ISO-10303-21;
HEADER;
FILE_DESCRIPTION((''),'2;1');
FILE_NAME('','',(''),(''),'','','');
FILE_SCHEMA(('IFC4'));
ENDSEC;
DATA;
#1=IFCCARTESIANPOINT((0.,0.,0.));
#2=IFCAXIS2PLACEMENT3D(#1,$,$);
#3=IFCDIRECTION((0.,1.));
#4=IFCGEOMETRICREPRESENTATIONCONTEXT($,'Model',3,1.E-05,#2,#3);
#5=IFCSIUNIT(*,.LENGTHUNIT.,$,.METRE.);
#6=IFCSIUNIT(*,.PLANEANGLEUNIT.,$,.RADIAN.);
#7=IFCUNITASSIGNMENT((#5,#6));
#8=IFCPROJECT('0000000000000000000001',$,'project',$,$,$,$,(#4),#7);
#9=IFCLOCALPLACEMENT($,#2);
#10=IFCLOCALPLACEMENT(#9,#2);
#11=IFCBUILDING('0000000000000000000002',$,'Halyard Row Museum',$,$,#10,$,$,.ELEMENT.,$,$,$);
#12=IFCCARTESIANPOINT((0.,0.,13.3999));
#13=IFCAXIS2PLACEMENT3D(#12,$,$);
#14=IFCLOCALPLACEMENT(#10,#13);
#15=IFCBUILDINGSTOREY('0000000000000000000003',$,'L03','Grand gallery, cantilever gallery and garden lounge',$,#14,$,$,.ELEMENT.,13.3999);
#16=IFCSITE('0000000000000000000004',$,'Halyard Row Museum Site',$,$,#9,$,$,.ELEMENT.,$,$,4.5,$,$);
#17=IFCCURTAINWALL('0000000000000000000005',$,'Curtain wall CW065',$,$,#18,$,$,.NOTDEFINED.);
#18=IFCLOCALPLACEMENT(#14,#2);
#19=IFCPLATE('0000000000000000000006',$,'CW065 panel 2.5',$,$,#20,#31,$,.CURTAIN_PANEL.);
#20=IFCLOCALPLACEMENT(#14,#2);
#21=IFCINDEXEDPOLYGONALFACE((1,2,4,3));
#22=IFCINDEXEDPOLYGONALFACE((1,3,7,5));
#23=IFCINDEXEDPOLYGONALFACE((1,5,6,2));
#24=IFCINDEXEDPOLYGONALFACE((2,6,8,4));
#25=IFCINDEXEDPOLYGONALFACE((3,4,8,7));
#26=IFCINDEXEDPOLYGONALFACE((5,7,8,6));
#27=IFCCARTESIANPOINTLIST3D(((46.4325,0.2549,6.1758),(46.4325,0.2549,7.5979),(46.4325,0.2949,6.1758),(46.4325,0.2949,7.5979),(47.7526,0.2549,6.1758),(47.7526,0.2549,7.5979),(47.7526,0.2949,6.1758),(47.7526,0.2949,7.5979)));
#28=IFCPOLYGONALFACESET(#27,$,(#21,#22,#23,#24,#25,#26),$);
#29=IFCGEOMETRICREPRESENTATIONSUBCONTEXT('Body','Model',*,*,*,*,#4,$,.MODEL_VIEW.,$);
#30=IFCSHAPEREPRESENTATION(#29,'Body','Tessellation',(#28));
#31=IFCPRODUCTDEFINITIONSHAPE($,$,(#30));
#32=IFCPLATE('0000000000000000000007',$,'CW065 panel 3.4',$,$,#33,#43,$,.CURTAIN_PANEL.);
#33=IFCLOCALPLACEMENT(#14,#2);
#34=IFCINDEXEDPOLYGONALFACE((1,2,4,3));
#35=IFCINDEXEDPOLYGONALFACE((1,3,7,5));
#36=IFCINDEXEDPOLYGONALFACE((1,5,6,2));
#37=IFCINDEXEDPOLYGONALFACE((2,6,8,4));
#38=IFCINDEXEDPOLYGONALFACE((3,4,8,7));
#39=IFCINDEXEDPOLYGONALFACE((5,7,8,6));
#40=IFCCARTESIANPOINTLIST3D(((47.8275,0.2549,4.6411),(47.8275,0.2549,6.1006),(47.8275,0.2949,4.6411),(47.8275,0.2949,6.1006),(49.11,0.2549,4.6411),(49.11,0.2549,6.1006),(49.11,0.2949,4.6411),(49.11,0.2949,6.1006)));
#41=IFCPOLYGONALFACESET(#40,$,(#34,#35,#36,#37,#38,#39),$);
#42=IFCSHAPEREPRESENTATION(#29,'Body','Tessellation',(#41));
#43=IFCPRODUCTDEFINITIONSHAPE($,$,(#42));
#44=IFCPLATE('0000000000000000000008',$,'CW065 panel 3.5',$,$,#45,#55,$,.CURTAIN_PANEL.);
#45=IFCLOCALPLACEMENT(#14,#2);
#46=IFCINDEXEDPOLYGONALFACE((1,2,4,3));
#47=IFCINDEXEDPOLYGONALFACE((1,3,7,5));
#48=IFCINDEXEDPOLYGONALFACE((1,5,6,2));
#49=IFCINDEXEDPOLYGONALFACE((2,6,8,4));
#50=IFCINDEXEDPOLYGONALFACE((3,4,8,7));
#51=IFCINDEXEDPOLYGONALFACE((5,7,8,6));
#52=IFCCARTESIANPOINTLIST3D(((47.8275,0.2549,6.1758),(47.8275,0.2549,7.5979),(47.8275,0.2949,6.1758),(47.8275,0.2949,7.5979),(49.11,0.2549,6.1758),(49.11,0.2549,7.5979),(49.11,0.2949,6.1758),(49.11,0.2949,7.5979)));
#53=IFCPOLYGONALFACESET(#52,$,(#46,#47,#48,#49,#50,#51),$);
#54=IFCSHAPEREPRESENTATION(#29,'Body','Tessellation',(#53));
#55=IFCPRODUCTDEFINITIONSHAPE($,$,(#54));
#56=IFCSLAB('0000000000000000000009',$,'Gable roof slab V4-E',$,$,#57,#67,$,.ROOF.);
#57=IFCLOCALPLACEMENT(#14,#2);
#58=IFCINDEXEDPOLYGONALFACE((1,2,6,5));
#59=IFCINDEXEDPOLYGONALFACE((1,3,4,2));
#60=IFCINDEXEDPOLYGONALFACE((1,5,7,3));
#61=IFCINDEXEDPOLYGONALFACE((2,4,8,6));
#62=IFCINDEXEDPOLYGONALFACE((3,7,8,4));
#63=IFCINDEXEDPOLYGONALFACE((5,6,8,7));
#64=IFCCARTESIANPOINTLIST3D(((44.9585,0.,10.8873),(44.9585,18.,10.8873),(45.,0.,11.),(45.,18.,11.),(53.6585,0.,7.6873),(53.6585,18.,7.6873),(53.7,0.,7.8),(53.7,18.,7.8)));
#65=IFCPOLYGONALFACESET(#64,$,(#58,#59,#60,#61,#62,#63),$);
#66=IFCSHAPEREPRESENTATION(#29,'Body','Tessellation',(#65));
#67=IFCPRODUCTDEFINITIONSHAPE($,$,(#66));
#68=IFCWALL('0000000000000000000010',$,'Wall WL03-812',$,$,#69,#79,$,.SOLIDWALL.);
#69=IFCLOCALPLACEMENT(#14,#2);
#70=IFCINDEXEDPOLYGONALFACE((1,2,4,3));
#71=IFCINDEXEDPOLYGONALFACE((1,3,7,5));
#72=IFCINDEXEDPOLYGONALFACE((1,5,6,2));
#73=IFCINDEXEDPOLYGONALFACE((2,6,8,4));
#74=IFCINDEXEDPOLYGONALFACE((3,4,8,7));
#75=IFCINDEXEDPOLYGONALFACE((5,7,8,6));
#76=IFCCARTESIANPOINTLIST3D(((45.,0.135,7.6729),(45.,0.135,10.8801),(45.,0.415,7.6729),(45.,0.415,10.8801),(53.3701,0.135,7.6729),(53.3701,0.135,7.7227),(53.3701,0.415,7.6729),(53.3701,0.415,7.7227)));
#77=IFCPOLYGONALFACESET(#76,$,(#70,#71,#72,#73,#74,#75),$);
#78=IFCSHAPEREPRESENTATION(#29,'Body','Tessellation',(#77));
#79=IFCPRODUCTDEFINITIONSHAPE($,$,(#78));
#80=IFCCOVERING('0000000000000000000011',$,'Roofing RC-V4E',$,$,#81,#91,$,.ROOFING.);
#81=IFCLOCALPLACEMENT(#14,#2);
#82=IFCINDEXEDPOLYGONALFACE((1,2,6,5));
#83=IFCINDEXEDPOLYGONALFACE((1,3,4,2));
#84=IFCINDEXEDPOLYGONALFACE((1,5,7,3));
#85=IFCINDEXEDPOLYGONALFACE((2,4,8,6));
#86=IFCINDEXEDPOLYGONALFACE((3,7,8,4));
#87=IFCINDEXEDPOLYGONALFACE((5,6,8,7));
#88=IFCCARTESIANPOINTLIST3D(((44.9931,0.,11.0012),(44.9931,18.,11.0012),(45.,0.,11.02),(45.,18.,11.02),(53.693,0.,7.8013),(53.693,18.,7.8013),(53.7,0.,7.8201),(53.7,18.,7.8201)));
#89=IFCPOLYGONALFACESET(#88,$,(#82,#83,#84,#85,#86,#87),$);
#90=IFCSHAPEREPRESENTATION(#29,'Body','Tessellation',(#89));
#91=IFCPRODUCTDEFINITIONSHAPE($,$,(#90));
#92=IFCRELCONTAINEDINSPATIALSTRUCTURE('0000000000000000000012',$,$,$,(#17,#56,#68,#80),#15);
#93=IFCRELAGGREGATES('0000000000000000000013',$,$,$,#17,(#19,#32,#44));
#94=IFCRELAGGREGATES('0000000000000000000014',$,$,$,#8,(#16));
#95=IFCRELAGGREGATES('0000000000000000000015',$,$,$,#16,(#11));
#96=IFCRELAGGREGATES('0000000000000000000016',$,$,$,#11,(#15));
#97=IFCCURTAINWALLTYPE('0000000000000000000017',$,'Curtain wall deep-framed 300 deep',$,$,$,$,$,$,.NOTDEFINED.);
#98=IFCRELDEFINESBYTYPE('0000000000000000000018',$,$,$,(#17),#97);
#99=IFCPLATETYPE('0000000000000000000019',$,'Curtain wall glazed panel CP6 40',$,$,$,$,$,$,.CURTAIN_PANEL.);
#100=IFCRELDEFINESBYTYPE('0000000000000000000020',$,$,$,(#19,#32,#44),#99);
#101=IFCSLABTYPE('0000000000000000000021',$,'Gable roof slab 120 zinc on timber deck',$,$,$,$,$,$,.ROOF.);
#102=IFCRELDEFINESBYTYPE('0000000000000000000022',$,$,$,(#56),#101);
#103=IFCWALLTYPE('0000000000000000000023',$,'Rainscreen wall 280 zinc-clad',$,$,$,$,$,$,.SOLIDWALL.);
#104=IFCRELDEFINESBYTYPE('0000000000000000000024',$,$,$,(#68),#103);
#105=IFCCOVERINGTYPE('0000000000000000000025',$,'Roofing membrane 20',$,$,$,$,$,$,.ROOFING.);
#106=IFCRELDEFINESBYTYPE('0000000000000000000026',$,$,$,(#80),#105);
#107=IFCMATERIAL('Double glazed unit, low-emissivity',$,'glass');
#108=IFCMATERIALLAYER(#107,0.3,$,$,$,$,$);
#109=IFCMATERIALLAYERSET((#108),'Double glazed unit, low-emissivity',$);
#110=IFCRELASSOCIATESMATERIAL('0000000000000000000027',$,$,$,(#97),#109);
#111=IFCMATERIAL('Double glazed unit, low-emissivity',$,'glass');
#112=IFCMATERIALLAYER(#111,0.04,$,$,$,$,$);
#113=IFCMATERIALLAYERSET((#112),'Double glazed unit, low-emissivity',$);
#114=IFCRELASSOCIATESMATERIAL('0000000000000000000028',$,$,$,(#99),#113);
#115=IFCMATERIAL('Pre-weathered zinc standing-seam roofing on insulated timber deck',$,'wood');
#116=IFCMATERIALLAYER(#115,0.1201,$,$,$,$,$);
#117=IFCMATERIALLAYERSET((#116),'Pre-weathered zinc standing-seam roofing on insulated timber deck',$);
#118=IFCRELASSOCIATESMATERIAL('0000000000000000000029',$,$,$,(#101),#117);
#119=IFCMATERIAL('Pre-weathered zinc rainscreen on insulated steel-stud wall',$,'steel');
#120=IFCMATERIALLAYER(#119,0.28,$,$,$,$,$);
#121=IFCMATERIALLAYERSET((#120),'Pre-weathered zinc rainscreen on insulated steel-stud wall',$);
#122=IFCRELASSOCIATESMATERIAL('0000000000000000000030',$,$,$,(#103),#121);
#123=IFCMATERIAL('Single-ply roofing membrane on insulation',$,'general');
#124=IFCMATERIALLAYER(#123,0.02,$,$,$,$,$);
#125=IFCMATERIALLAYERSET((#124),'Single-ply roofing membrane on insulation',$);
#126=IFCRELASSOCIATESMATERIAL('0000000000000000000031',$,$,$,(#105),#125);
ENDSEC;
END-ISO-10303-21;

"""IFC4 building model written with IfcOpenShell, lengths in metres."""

from ifc_helpers import new_model, si_unit, direction, frame, origin, origin_2d, place, context, subcontext, project, spatial, polyline, rectangle, outline, extrude, material, layer, layer_set, type_object, element, aggregate, save


model = new_model("IFC4")

# Units and contexts
model_context = context("Model", 3, precision=1e-05, world=origin(), true_north=direction((0.0, 1.0)))
body_context = subcontext(model_context, "Body", "Model", "MODEL_VIEW")
ifc_project = project(units=[si_unit("LENGTHUNIT", "METRE"), si_unit("PLANEANGLEUNIT", "RADIAN")], contexts=[model_context])

# Site, building, storey
site_placement = place(None, origin())
site = spatial("IfcSite", under=ifc_project, at=site_placement, Name="Halyard Row Museum Site", CompositionType="ELEMENT", RefElevation=4.5)
building_placement = place(site_placement, origin())
building = spatial("IfcBuilding", under=site, at=building_placement, Name="Halyard Row Museum", CompositionType="ELEMENT")
storey_placement = place(building_placement, frame((0.0, 0.0, 13.3999)))
storey = spatial("IfcBuildingStorey", under=building, at=storey_placement, Name="L03", Description="Grand gallery, cantilever gallery and garden lounge", CompositionType="ELEMENT", Elevation=13.3999)

# Curtain wall
ifc_material_1 = material(Name="Double glazed unit, low-emissivity", Category="glass")
ifc_layer_1 = layer(ifc_material_1, 0.3)
ifc_layer_set_1 = layer_set([ifc_layer_1], Name="Double glazed unit, low-emissivity")
curtain_wall_type = type_object("IfcCurtainWallType", Name="Curtain wall deep-framed 300 deep", PredefinedType="NOTDEFINED", material=ifc_layer_set_1)
curtain_wall_1_placement = place(storey_placement, origin())
curtain_wall_1 = element("IfcCurtainWall", 1, at=curtain_wall_1_placement, inside=storey, type_object=curtain_wall_type, Name="Curtain wall CW065", PredefinedType="NOTDEFINED")

# Plates
ifc_material_2 = material(Name="Double glazed unit, low-emissivity", Category="glass")
ifc_layer_2 = layer(ifc_material_2, 0.04)
ifc_layer_set_2 = layer_set([ifc_layer_2], Name="Double glazed unit, low-emissivity")
plate_type = type_object("IfcPlateType", Name="Curtain wall glazed panel CP6 40", PredefinedType="CURTAIN_PANEL", material=ifc_layer_set_2)
plate_1_placement = place(storey_placement, frame((47.0925, 0.2749, 6.1758), z_axis=(0.0, 0.0, 1.0), x_axis=(1.0, 0.0, 0.0)))
plate_1 = element("IfcPlate", 2, at=plate_1_placement, type_object=plate_type, Name="CW065 panel 2.5", PredefinedType="CURTAIN_PANEL", context=body_context, shape_type="SweptSolid", body=[
    extrude(rectangle(XDim=1.3201, YDim=0.04, at=origin_2d()), origin(), (0.0, 0.0, 1.0), 1.4221),
])
plate_2_placement = place(storey_placement, frame((48.4688, 0.2749, 4.6411), z_axis=(0.0, 0.0, 1.0), x_axis=(1.0, 0.0, 0.0)))
plate_2 = element("IfcPlate", 3, at=plate_2_placement, type_object=plate_type, Name="CW065 panel 3.4", PredefinedType="CURTAIN_PANEL", context=body_context, shape_type="SweptSolid", body=[
    extrude(rectangle(XDim=1.2825, YDim=0.04, at=origin_2d()), origin(), (0.0, 0.0, 1.0), 1.4595),
])
plate_3_placement = place(storey_placement, frame((48.4688, 0.2749, 6.1758), z_axis=(0.0, 0.0, 1.0), x_axis=(1.0, 0.0, 0.0)))
plate_3 = element("IfcPlate", 4, at=plate_3_placement, type_object=plate_type, Name="CW065 panel 3.5", PredefinedType="CURTAIN_PANEL", context=body_context, shape_type="SweptSolid", body=[
    extrude(rectangle(XDim=1.2825, YDim=0.04, at=origin_2d()), origin(), (0.0, 0.0, 1.0), 1.4221),
])
aggregate(curtain_wall_1, [plate_1, plate_2, plate_3])

# Slab
ifc_material_3 = material(Name="Pre-weathered zinc standing-seam roofing on insulated timber deck", Category="wood")
ifc_layer_3 = layer(ifc_material_3, 0.1201)
ifc_layer_set_3 = layer_set([ifc_layer_3], Name="Pre-weathered zinc standing-seam roofing on insulated timber deck")
slab_type = type_object("IfcSlabType", Name="Gable roof slab 120 zinc on timber deck", PredefinedType="ROOF", material=ifc_layer_set_3)
slab_placement = place(storey_placement, frame((45.0, 0.0, 11.0), z_axis=(0.345202, 0.0, 0.938528), x_axis=(0.938528, 0.0, -0.345202)))
element("IfcSlab", 5, at=slab_placement, inside=storey, type_object=slab_type, Name="Gable roof slab V4-E", PredefinedType="ROOF", context=body_context, shape_type="SweptSolid", body=[
    extrude(outline(polyline([(0.0, 0.0), (9.2698, 0.0), (9.2698, 18.0), (0.0, 18.0), (0.0, 0.0)])), origin(), (0.0, 0.0, -1.0), 0.1201),
])

# Wall
ifc_material_4 = material(Name="Pre-weathered zinc rainscreen on insulated steel-stud wall", Category="steel")
ifc_layer_4 = layer(ifc_material_4, 0.28)
ifc_layer_set_4 = layer_set([ifc_layer_4], Name="Pre-weathered zinc rainscreen on insulated steel-stud wall")
wall_type = type_object("IfcWallType", Name="Rainscreen wall 280 zinc-clad", PredefinedType="SOLIDWALL", material=ifc_layer_set_4)
wall_placement = place(storey_placement, frame((45.0, 0.2749, 7.6729), z_axis=(0.0, 0.0, 1.0), x_axis=(1.0, 0.0, 0.0)))
element("IfcWall", 6, at=wall_placement, inside=storey, type_object=wall_type, Name="Wall WL03-812", PredefinedType="SOLIDWALL", context=body_context, shape_type="SweptSolid", body=[
    extrude(outline(polyline([(0.0, 0.0), (8.3701, 0.0), (8.3701, 0.0498), (0.0, 3.2073), (0.0, 0.0)])), frame((0.0, 0.1401, 0.0), z_axis=(0.0, -1.0, 0.0), x_axis=(1.0, 0.0, 0.0)), (0.0, 0.0, 1.0), 0.28),
])

# Covering
ifc_material_5 = material(Name="Single-ply roofing membrane on insulation", Category="general")
ifc_layer_5 = layer(ifc_material_5, 0.02)
ifc_layer_set_5 = layer_set([ifc_layer_5], Name="Single-ply roofing membrane on insulation")
covering_type = type_object("IfcCoveringType", Name="Roofing membrane 20", PredefinedType="ROOFING", material=ifc_layer_set_5)
covering_placement = place(storey_placement, frame((45.0, 0.0, 11.02), z_axis=(0.345202, 0.0, 0.938528), x_axis=(0.938528, 0.0, -0.345202)))
element("IfcCovering", 7, at=covering_placement, inside=storey, type_object=covering_type, Name="Roofing RC-V4E", PredefinedType="ROOFING", context=body_context, shape_type="SweptSolid", body=[
    extrude(outline(polyline([(0.0, 0.0), (9.2698, 0.0), (9.2698, 18.0), (0.0, 18.0), (0.0, 0.0)])), origin(), (0.0, 0.0, -1.0), 0.02),
])

save(model, "model.ifc")
